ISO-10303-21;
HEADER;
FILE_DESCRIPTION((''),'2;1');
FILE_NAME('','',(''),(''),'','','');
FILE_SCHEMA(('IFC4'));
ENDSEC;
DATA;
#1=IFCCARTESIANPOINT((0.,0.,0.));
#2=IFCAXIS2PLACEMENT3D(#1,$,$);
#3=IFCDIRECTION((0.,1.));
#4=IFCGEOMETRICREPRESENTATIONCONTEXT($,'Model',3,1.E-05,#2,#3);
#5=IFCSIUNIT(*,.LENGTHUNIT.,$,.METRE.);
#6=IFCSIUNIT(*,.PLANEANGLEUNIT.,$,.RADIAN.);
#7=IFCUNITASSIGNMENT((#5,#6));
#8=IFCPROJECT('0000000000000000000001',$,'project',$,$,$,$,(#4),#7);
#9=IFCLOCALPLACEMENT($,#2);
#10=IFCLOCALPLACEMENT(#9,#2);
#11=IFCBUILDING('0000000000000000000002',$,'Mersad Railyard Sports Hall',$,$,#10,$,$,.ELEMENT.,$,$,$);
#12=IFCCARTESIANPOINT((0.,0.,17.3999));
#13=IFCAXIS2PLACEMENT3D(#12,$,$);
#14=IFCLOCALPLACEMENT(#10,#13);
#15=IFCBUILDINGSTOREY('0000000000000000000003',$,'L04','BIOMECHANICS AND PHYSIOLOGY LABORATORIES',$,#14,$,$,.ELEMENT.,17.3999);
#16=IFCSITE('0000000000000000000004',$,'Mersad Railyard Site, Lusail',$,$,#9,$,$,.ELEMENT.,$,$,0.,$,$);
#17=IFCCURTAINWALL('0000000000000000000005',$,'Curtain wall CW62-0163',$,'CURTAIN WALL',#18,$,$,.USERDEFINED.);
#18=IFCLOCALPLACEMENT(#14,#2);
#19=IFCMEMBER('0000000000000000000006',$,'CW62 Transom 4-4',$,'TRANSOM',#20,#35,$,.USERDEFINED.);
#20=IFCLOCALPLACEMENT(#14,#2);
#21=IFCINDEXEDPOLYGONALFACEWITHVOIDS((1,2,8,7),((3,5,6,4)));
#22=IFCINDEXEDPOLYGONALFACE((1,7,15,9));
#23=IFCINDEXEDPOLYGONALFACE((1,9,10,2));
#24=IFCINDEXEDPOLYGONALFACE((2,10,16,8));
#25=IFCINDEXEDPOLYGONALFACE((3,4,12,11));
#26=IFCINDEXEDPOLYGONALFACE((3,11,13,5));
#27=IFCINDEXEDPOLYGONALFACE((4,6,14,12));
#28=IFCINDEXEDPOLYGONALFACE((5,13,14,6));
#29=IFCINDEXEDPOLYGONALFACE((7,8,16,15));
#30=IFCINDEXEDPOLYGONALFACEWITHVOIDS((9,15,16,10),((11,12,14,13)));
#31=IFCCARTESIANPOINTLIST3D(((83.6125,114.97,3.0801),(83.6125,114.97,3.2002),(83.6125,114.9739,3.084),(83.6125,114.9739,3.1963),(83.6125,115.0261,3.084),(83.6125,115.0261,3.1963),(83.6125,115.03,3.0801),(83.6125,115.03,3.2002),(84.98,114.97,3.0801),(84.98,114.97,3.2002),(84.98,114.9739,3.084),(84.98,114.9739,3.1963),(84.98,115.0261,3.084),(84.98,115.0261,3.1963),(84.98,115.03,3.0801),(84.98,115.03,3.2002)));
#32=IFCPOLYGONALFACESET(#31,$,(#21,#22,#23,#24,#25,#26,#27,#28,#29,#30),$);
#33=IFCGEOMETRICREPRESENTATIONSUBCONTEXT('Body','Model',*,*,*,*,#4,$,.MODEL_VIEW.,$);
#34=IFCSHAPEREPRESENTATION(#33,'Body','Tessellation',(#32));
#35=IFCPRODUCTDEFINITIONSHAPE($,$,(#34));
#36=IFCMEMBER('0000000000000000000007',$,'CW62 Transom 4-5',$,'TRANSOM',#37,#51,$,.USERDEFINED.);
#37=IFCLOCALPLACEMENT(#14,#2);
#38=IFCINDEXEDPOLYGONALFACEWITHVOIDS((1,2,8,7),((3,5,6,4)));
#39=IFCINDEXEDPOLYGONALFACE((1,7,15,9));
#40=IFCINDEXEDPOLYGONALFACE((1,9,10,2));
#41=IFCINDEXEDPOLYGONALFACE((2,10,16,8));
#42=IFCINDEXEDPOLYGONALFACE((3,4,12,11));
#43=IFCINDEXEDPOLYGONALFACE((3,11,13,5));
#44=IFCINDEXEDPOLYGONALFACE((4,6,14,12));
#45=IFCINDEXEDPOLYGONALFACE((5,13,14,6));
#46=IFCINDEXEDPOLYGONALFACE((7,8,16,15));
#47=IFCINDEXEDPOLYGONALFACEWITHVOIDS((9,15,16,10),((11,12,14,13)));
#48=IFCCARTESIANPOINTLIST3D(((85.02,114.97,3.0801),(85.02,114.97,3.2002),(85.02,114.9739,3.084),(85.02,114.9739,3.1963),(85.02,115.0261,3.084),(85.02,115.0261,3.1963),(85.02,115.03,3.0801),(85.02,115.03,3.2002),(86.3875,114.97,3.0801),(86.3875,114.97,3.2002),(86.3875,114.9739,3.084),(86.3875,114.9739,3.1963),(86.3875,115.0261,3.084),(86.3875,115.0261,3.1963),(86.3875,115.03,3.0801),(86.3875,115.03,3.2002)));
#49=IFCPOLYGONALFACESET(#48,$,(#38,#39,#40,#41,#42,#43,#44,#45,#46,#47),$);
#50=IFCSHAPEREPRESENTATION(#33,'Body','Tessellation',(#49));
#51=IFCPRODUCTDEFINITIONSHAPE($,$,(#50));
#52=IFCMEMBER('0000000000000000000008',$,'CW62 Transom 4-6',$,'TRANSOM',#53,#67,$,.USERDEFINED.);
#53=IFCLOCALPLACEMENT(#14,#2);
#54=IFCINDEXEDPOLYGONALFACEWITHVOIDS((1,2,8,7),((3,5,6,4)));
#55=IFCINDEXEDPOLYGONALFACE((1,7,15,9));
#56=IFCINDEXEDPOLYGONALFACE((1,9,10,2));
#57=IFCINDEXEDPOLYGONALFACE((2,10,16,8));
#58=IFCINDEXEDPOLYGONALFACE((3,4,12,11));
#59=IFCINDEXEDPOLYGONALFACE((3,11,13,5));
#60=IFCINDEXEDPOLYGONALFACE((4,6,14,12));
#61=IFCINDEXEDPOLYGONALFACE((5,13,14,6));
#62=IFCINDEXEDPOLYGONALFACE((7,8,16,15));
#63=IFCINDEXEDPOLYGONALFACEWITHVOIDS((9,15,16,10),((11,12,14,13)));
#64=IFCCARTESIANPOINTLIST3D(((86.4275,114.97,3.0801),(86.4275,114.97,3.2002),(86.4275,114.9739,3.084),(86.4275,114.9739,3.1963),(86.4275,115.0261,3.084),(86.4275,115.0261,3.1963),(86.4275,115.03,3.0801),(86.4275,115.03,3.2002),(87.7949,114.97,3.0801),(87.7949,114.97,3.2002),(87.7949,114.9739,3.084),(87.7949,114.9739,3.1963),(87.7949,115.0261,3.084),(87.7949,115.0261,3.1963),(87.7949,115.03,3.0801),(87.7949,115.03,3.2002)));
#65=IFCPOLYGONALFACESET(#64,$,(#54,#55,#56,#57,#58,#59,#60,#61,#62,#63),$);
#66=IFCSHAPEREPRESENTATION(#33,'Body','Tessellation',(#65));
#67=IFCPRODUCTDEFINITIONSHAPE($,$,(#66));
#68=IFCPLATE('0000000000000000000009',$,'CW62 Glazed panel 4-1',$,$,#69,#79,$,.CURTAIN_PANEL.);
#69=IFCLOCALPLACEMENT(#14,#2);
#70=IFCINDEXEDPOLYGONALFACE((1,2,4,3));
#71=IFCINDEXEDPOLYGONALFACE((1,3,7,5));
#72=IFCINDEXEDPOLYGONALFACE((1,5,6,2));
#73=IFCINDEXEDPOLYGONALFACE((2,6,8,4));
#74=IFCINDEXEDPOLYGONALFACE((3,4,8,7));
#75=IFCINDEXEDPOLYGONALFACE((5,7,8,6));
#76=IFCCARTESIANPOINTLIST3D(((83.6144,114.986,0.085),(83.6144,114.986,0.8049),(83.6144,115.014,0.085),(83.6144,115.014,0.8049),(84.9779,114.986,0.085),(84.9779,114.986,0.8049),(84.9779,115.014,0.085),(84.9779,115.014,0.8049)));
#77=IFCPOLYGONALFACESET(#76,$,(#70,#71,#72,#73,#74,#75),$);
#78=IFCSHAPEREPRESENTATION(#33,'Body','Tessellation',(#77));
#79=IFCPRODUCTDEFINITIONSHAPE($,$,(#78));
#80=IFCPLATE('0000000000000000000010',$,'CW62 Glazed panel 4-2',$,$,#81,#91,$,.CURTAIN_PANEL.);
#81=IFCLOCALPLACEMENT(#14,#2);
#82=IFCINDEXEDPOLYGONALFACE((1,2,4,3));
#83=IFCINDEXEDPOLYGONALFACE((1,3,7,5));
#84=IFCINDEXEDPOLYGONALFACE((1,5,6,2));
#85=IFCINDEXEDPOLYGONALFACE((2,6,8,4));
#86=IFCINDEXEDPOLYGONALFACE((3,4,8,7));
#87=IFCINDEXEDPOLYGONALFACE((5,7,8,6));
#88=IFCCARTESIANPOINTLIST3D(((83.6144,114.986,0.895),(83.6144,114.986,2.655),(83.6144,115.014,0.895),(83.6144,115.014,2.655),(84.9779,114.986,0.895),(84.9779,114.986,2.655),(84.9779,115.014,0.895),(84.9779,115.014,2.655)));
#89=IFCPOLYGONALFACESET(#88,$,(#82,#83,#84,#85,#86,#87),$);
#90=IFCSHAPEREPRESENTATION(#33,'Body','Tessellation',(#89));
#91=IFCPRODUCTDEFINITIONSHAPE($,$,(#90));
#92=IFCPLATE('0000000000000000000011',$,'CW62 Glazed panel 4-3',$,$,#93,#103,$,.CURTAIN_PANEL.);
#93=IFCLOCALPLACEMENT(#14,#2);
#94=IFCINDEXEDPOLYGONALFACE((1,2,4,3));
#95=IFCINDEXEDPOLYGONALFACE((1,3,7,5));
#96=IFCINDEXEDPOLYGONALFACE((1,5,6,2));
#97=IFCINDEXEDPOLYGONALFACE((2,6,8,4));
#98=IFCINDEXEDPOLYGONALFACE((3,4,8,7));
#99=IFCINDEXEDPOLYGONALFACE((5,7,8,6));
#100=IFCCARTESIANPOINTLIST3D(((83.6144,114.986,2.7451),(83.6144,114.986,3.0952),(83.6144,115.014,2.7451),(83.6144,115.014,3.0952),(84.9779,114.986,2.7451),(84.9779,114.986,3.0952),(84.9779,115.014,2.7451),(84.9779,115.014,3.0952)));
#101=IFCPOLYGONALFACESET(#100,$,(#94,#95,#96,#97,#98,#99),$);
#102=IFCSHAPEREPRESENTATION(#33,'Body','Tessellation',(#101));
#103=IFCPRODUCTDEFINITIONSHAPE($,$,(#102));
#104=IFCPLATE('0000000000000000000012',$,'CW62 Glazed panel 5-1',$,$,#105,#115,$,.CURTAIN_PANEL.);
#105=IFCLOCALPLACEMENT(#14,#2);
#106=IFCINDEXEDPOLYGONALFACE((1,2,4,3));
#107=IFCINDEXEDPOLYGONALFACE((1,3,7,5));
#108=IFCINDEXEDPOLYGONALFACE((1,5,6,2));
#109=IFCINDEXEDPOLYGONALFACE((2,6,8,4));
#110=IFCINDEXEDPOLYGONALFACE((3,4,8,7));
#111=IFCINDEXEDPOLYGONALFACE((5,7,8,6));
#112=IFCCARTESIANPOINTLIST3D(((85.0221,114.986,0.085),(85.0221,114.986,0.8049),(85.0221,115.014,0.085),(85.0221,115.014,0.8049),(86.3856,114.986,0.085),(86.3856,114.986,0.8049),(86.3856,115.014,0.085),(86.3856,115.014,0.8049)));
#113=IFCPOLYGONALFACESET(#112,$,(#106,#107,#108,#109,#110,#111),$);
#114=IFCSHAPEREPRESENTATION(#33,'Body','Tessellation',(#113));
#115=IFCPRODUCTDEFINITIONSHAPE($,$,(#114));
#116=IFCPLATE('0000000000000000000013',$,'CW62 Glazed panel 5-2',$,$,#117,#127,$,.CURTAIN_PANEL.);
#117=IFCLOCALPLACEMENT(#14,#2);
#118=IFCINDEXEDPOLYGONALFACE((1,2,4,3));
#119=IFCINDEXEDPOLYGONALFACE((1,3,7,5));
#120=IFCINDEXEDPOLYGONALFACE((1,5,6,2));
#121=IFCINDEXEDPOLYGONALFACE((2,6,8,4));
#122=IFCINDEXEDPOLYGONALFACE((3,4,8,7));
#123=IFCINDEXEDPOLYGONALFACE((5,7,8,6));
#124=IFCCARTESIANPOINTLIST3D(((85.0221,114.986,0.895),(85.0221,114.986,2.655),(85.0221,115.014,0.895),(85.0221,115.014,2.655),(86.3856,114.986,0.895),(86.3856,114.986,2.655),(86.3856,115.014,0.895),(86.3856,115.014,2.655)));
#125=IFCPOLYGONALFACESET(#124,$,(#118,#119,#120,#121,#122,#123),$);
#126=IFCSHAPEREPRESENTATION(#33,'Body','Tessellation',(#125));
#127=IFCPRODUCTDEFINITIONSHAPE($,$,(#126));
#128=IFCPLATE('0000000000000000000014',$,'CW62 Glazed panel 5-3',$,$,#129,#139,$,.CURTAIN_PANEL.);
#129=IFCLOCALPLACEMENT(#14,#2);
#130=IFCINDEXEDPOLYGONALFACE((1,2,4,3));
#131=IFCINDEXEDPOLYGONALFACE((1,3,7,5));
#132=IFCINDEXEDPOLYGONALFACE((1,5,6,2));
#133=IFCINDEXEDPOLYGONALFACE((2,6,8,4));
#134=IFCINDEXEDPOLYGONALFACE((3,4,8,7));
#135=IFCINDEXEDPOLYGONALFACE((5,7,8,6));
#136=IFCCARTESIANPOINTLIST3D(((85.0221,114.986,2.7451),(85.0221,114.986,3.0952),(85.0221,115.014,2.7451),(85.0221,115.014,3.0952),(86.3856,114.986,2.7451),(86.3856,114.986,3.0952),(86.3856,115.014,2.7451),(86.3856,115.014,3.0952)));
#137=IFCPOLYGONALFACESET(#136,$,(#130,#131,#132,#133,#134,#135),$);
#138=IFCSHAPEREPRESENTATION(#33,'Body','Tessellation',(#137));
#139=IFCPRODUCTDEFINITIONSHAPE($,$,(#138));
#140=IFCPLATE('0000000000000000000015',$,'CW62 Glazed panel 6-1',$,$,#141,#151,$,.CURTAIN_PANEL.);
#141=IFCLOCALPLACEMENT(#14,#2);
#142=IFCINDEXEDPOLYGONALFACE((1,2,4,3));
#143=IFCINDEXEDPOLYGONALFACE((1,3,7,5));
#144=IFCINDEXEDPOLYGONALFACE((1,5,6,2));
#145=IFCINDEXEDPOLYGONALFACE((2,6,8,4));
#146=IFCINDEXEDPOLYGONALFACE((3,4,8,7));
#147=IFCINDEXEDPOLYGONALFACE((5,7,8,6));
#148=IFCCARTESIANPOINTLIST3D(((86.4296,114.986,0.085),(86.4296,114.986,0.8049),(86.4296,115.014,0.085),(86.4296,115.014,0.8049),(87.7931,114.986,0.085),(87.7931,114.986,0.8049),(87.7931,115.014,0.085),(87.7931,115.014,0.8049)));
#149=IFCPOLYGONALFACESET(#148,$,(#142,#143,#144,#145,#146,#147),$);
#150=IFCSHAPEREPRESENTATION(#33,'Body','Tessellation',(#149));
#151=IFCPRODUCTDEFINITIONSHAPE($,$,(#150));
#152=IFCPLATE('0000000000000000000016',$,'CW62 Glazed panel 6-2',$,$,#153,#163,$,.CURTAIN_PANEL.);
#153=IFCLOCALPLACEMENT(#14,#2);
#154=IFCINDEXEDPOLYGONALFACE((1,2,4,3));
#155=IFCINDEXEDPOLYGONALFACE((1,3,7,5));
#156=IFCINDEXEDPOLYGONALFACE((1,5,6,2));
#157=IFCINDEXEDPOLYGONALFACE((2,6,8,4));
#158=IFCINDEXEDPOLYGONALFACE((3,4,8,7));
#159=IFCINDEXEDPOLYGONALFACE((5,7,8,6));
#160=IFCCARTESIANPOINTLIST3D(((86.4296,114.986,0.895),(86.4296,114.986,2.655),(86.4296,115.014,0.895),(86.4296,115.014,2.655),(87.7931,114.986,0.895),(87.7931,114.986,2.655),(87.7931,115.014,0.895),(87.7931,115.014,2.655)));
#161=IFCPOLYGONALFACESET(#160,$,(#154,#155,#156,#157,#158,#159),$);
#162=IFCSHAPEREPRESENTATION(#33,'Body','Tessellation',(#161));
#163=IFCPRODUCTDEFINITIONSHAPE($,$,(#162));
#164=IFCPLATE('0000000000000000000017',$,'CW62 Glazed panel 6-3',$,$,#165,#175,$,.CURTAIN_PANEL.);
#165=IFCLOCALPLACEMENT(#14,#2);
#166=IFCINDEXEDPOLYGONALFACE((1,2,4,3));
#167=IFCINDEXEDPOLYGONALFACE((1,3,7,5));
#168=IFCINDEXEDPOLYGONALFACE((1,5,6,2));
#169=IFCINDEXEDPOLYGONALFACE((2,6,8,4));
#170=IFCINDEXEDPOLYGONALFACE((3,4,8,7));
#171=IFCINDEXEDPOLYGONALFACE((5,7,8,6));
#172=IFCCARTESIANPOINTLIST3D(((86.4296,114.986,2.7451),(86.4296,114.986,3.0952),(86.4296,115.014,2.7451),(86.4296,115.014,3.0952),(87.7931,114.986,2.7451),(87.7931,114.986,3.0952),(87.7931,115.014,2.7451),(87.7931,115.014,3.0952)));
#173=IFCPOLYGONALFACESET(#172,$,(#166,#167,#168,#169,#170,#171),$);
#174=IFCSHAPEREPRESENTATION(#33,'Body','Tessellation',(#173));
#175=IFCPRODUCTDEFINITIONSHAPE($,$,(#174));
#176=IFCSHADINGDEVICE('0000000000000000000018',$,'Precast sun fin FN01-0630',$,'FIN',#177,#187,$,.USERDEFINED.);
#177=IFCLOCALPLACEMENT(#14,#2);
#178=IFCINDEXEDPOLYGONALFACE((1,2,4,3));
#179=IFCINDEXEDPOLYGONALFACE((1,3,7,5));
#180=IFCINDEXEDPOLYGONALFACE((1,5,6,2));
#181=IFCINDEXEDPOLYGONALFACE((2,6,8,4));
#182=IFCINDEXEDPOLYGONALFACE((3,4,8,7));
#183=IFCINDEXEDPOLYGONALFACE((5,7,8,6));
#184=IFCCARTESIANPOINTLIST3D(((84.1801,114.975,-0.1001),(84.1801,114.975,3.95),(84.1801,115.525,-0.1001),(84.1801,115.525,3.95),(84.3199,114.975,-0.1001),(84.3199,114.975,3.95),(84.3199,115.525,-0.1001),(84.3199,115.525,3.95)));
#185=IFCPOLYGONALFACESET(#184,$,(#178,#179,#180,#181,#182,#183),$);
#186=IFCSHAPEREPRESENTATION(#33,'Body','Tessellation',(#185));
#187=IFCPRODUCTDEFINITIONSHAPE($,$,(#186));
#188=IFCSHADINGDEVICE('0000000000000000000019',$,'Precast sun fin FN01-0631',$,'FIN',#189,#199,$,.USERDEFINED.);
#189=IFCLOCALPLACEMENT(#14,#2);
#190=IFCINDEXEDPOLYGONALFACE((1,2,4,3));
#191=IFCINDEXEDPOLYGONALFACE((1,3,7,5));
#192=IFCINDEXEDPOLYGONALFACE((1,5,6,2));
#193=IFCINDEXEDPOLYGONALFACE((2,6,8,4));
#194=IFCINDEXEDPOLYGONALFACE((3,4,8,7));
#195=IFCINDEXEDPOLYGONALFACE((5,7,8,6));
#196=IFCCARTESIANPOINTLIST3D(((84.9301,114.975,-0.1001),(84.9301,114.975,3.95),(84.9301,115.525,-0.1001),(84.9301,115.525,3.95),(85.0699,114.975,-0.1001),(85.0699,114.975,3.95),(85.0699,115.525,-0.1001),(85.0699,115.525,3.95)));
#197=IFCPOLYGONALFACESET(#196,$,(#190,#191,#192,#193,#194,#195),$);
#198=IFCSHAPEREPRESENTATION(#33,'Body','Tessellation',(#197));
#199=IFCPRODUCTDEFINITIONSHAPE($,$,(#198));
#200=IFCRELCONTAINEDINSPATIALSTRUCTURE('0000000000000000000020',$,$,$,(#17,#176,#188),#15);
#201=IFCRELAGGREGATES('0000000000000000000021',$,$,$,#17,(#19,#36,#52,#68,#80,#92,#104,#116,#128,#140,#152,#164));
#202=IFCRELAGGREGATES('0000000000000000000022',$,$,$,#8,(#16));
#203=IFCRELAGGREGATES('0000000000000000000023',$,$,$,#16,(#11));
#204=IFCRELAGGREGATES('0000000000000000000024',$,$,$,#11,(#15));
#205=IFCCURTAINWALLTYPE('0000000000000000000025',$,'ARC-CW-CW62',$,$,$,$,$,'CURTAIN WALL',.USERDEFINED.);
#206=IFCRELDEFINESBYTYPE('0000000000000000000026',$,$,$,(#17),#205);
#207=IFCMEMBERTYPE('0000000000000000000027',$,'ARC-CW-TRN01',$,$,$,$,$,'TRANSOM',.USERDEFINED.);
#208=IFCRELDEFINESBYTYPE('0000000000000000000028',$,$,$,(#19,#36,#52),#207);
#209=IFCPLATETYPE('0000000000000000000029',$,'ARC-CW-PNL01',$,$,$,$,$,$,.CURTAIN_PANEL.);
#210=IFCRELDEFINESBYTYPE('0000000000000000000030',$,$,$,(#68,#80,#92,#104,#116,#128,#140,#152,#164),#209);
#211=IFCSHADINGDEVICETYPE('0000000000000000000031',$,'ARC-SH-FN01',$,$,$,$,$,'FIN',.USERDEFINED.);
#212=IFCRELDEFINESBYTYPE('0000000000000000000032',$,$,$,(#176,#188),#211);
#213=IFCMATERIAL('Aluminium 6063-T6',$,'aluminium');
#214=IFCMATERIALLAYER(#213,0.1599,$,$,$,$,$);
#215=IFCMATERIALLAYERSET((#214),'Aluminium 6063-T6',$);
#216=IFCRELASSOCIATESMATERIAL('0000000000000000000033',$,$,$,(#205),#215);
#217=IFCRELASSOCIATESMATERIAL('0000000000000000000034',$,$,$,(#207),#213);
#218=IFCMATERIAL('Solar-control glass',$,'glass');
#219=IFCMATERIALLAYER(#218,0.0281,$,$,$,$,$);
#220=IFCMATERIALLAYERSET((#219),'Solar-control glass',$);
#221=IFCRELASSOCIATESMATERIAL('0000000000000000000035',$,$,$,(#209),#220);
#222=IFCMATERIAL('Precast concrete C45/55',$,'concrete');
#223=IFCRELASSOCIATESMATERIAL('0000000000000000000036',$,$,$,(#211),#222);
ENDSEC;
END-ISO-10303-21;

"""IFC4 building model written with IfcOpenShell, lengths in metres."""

from ifc_helpers import new_model, si_unit, direction, frame, origin, origin_2d, place, context, subcontext, project, spatial, rectangle, hollow_rectangle, extrude, material, layer, layer_set, material_profile, profile_set, type_object, element, aggregate, save


model = new_model("IFC4")

# Units and contexts
model_context = context("Model", 3, precision=1e-05, world=origin(), true_north=direction((0.0, 1.0)))
body_context = subcontext(model_context, "Body", "Model", "MODEL_VIEW")
ifc_project = project(units=[si_unit("LENGTHUNIT", "METRE"), si_unit("PLANEANGLEUNIT", "RADIAN")], contexts=[model_context])

# Site, building, storey
site_placement = place(None, origin())
site = spatial("IfcSite", under=ifc_project, at=site_placement, Name="Mersad Railyard Site, Lusail", CompositionType="ELEMENT", RefElevation=0.0)
building_placement = place(site_placement, origin())
building = spatial("IfcBuilding", under=site, at=building_placement, Name="Mersad Railyard Sports Hall", CompositionType="ELEMENT")
storey_placement = place(building_placement, frame((0.0, 0.0, 17.3999)))
storey = spatial("IfcBuildingStorey", under=building, at=storey_placement, Name="L04", Description="BIOMECHANICS AND PHYSIOLOGY LABORATORIES", CompositionType="ELEMENT", Elevation=17.3999)

# Curtain wall, members, plates
ifc_material_1 = material(Name="Aluminium 6063-T6", Category="aluminium")
ifc_layer_1 = layer(ifc_material_1, 0.1599)
ifc_layer_set_1 = layer_set([ifc_layer_1], Name="Aluminium 6063-T6")
curtain_wall_type = type_object("IfcCurtainWallType", Name="ARC-CW-CW62", ElementType="CURTAIN WALL", PredefinedType="USERDEFINED", material=ifc_layer_set_1)
curtain_wall_placement = place(storey_placement, origin())
curtain_wall = element("IfcCurtainWall", 1, at=curtain_wall_placement, inside=storey, type_object=curtain_wall_type, Name="Curtain wall CW62-0163", ObjectType="CURTAIN WALL", PredefinedType="USERDEFINED")
ifc_material_profile_1 = material_profile(ifc_material_1, hollow_rectangle(XDim=0.0601, YDim=0.1201, WallThickness=0.0039, at=origin_2d()), Name="AL TRANSOM 60x120x4")
ifc_profile_set_1 = profile_set([ifc_material_profile_1], Name="Aluminium 6063-T6")
member_type_1 = type_object("IfcMemberType", Name="ARC-CW-TRN01", ElementType="TRANSOM", PredefinedType="USERDEFINED", material=ifc_profile_set_1)
member_1_placement = place(storey_placement, frame((83.6125, 115.0, 3.1401), z_axis=(1.0, 0.0, 0.0), x_axis=(0.0, 1.0, 0.0)))
member_1 = element("IfcMember", 2, at=member_1_placement, type_object=member_type_1, Name="CW62 Transom 4-4", ObjectType="TRANSOM", PredefinedType="USERDEFINED", context=body_context, shape_type="SweptSolid", body=[
    extrude(hollow_rectangle(XDim=0.0601, YDim=0.1201, WallThickness=0.0039, at=origin_2d()), origin(), (0.0, 0.0, 1.0), 1.3674),
])
member_2_placement = place(storey_placement, frame((85.02, 115.0, 3.1401), z_axis=(1.0, 0.0, 0.0), x_axis=(0.0, 1.0, 0.0)))
member_2 = element("IfcMember", 3, at=member_2_placement, type_object=member_type_1, Name="CW62 Transom 4-5", ObjectType="TRANSOM", PredefinedType="USERDEFINED", context=body_context, shape_type="SweptSolid", body=[
    extrude(hollow_rectangle(XDim=0.0601, YDim=0.1201, WallThickness=0.0039, at=origin_2d()), origin(), (0.0, 0.0, 1.0), 1.3674),
])
member_3_placement = place(storey_placement, frame((86.4275, 115.0, 3.1401), z_axis=(1.0, 0.0, 0.0), x_axis=(0.0, 1.0, 0.0)))
member_3 = element("IfcMember", 4, at=member_3_placement, type_object=member_type_1, Name="CW62 Transom 4-6", ObjectType="TRANSOM", PredefinedType="USERDEFINED", context=body_context, shape_type="SweptSolid", body=[
    extrude(hollow_rectangle(XDim=0.0601, YDim=0.1201, WallThickness=0.0039, at=origin_2d()), origin(), (0.0, 0.0, 1.0), 1.3674),
])
ifc_material_2 = material(Name="Solar-control glass", Category="glass")
ifc_layer_2 = layer(ifc_material_2, 0.0281)
ifc_layer_set_2 = layer_set([ifc_layer_2], Name="Solar-control glass")
plate_type = type_object("IfcPlateType", Name="ARC-CW-PNL01", PredefinedType="CURTAIN_PANEL", material=ifc_layer_set_2)
plate_1_placement = place(storey_placement, frame((84.2961, 115.0, 0.085), z_axis=(0.0, 0.0, 1.0), x_axis=(1.0, 0.0, 0.0)))
plate_1 = element("IfcPlate", 5, at=plate_1_placement, type_object=plate_type, Name="CW62 Glazed panel 4-1", PredefinedType="CURTAIN_PANEL", context=body_context, shape_type="SweptSolid", body=[
    extrude(rectangle(XDim=1.3635, YDim=0.0281, at=origin_2d()), origin(), (0.0, 0.0, 1.0), 0.72),
])
plate_2_placement = place(storey_placement, frame((84.2961, 115.0, 0.895), z_axis=(0.0, 0.0, 1.0), x_axis=(1.0, 0.0, 0.0)))
plate_2 = element("IfcPlate", 6, at=plate_2_placement, type_object=plate_type, Name="CW62 Glazed panel 4-2", PredefinedType="CURTAIN_PANEL", context=body_context, shape_type="SweptSolid", body=[
    extrude(rectangle(XDim=1.3635, YDim=0.0281, at=origin_2d()), origin(), (0.0, 0.0, 1.0), 1.76),
])
plate_3_placement = place(storey_placement, frame((84.2961, 115.0, 2.7451), z_axis=(0.0, 0.0, 1.0), x_axis=(1.0, 0.0, 0.0)))
plate_3 = element("IfcPlate", 7, at=plate_3_placement, type_object=plate_type, Name="CW62 Glazed panel 4-3", PredefinedType="CURTAIN_PANEL", context=body_context, shape_type="SweptSolid", body=[
    extrude(rectangle(XDim=1.3635, YDim=0.0281, at=origin_2d()), origin(), (0.0, 0.0, 1.0), 0.3501),
])
plate_4_placement = place(storey_placement, frame((85.7039, 115.0, 0.085), z_axis=(0.0, 0.0, 1.0), x_axis=(1.0, 0.0, 0.0)))
plate_4 = element("IfcPlate", 8, at=plate_4_placement, type_object=plate_type, Name="CW62 Glazed panel 5-1", PredefinedType="CURTAIN_PANEL", context=body_context, shape_type="SweptSolid", body=[
    extrude(rectangle(XDim=1.3635, YDim=0.0281, at=origin_2d()), origin(), (0.0, 0.0, 1.0), 0.72),
])
plate_5_placement = place(storey_placement, frame((85.7039, 115.0, 0.895), z_axis=(0.0, 0.0, 1.0), x_axis=(1.0, 0.0, 0.0)))
plate_5 = element("IfcPlate", 9, at=plate_5_placement, type_object=plate_type, Name="CW62 Glazed panel 5-2", PredefinedType="CURTAIN_PANEL", context=body_context, shape_type="SweptSolid", body=[
    extrude(rectangle(XDim=1.3635, YDim=0.0281, at=origin_2d()), origin(), (0.0, 0.0, 1.0), 1.76),
])
plate_6_placement = place(storey_placement, frame((85.7039, 115.0, 2.7451), z_axis=(0.0, 0.0, 1.0), x_axis=(1.0, 0.0, 0.0)))
plate_6 = element("IfcPlate", 10, at=plate_6_placement, type_object=plate_type, Name="CW62 Glazed panel 5-3", PredefinedType="CURTAIN_PANEL", context=body_context, shape_type="SweptSolid", body=[
    extrude(rectangle(XDim=1.3635, YDim=0.0281, at=origin_2d()), origin(), (0.0, 0.0, 1.0), 0.3501),
])
plate_7_placement = place(storey_placement, frame((87.1113, 115.0, 0.085), z_axis=(0.0, 0.0, 1.0), x_axis=(1.0, 0.0, 0.0)))
plate_7 = element("IfcPlate", 11, at=plate_7_placement, type_object=plate_type, Name="CW62 Glazed panel 6-1", PredefinedType="CURTAIN_PANEL", context=body_context, shape_type="SweptSolid", body=[
    extrude(rectangle(XDim=1.3635, YDim=0.0281, at=origin_2d()), origin(), (0.0, 0.0, 1.0), 0.72),
])
plate_8_placement = place(storey_placement, frame((87.1113, 115.0, 0.895), z_axis=(0.0, 0.0, 1.0), x_axis=(1.0, 0.0, 0.0)))
plate_8 = element("IfcPlate", 12, at=plate_8_placement, type_object=plate_type, Name="CW62 Glazed panel 6-2", PredefinedType="CURTAIN_PANEL", context=body_context, shape_type="SweptSolid", body=[
    extrude(rectangle(XDim=1.3635, YDim=0.0281, at=origin_2d()), origin(), (0.0, 0.0, 1.0), 1.76),
])
plate_9_placement = place(storey_placement, frame((87.1113, 115.0, 2.7451), z_axis=(0.0, 0.0, 1.0), x_axis=(1.0, 0.0, 0.0)))
plate_9 = element("IfcPlate", 13, at=plate_9_placement, type_object=plate_type, Name="CW62 Glazed panel 6-3", PredefinedType="CURTAIN_PANEL", context=body_context, shape_type="SweptSolid", body=[
    extrude(rectangle(XDim=1.3635, YDim=0.0281, at=origin_2d()), origin(), (0.0, 0.0, 1.0), 0.3501),
])
aggregate(curtain_wall, [member_1, member_2, member_3, plate_1, plate_2, plate_3, plate_4, plate_5, plate_6, plate_7, plate_8, plate_9])

# Shading devices
ifc_material_3 = material(Name="Precast concrete C45/55", Category="concrete")
shading_device_type = type_object("IfcShadingDeviceType", Name="ARC-SH-FN01", ElementType="FIN", PredefinedType="USERDEFINED", material=ifc_material_3)
for number, where, z_axis, x_axis, name in (
    (14, (84.25, 115.25, -0.1001), (0.0, 0.0, 1.0), (1.0, 0.0, 0.0), "Precast sun fin FN01-0630"),
    (15, (85.0, 115.25, -0.1001), (0.0, 0.0, 1.0), (1.0, 0.0, 0.0), "Precast sun fin FN01-0631"),
):
    element("IfcShadingDevice", number, at=place(storey_placement, frame(where, z_axis=z_axis, x_axis=x_axis)), inside=storey, type_object=shading_device_type, Name=name, ObjectType="FIN", PredefinedType="USERDEFINED", context=body_context, shape_type="SweptSolid", body=[
        extrude(rectangle(XDim=0.1399, YDim=0.55, at=origin_2d()), origin(), (0.0, 0.0, 1.0), 4.05),
    ])

save(model, "model.ifc")
